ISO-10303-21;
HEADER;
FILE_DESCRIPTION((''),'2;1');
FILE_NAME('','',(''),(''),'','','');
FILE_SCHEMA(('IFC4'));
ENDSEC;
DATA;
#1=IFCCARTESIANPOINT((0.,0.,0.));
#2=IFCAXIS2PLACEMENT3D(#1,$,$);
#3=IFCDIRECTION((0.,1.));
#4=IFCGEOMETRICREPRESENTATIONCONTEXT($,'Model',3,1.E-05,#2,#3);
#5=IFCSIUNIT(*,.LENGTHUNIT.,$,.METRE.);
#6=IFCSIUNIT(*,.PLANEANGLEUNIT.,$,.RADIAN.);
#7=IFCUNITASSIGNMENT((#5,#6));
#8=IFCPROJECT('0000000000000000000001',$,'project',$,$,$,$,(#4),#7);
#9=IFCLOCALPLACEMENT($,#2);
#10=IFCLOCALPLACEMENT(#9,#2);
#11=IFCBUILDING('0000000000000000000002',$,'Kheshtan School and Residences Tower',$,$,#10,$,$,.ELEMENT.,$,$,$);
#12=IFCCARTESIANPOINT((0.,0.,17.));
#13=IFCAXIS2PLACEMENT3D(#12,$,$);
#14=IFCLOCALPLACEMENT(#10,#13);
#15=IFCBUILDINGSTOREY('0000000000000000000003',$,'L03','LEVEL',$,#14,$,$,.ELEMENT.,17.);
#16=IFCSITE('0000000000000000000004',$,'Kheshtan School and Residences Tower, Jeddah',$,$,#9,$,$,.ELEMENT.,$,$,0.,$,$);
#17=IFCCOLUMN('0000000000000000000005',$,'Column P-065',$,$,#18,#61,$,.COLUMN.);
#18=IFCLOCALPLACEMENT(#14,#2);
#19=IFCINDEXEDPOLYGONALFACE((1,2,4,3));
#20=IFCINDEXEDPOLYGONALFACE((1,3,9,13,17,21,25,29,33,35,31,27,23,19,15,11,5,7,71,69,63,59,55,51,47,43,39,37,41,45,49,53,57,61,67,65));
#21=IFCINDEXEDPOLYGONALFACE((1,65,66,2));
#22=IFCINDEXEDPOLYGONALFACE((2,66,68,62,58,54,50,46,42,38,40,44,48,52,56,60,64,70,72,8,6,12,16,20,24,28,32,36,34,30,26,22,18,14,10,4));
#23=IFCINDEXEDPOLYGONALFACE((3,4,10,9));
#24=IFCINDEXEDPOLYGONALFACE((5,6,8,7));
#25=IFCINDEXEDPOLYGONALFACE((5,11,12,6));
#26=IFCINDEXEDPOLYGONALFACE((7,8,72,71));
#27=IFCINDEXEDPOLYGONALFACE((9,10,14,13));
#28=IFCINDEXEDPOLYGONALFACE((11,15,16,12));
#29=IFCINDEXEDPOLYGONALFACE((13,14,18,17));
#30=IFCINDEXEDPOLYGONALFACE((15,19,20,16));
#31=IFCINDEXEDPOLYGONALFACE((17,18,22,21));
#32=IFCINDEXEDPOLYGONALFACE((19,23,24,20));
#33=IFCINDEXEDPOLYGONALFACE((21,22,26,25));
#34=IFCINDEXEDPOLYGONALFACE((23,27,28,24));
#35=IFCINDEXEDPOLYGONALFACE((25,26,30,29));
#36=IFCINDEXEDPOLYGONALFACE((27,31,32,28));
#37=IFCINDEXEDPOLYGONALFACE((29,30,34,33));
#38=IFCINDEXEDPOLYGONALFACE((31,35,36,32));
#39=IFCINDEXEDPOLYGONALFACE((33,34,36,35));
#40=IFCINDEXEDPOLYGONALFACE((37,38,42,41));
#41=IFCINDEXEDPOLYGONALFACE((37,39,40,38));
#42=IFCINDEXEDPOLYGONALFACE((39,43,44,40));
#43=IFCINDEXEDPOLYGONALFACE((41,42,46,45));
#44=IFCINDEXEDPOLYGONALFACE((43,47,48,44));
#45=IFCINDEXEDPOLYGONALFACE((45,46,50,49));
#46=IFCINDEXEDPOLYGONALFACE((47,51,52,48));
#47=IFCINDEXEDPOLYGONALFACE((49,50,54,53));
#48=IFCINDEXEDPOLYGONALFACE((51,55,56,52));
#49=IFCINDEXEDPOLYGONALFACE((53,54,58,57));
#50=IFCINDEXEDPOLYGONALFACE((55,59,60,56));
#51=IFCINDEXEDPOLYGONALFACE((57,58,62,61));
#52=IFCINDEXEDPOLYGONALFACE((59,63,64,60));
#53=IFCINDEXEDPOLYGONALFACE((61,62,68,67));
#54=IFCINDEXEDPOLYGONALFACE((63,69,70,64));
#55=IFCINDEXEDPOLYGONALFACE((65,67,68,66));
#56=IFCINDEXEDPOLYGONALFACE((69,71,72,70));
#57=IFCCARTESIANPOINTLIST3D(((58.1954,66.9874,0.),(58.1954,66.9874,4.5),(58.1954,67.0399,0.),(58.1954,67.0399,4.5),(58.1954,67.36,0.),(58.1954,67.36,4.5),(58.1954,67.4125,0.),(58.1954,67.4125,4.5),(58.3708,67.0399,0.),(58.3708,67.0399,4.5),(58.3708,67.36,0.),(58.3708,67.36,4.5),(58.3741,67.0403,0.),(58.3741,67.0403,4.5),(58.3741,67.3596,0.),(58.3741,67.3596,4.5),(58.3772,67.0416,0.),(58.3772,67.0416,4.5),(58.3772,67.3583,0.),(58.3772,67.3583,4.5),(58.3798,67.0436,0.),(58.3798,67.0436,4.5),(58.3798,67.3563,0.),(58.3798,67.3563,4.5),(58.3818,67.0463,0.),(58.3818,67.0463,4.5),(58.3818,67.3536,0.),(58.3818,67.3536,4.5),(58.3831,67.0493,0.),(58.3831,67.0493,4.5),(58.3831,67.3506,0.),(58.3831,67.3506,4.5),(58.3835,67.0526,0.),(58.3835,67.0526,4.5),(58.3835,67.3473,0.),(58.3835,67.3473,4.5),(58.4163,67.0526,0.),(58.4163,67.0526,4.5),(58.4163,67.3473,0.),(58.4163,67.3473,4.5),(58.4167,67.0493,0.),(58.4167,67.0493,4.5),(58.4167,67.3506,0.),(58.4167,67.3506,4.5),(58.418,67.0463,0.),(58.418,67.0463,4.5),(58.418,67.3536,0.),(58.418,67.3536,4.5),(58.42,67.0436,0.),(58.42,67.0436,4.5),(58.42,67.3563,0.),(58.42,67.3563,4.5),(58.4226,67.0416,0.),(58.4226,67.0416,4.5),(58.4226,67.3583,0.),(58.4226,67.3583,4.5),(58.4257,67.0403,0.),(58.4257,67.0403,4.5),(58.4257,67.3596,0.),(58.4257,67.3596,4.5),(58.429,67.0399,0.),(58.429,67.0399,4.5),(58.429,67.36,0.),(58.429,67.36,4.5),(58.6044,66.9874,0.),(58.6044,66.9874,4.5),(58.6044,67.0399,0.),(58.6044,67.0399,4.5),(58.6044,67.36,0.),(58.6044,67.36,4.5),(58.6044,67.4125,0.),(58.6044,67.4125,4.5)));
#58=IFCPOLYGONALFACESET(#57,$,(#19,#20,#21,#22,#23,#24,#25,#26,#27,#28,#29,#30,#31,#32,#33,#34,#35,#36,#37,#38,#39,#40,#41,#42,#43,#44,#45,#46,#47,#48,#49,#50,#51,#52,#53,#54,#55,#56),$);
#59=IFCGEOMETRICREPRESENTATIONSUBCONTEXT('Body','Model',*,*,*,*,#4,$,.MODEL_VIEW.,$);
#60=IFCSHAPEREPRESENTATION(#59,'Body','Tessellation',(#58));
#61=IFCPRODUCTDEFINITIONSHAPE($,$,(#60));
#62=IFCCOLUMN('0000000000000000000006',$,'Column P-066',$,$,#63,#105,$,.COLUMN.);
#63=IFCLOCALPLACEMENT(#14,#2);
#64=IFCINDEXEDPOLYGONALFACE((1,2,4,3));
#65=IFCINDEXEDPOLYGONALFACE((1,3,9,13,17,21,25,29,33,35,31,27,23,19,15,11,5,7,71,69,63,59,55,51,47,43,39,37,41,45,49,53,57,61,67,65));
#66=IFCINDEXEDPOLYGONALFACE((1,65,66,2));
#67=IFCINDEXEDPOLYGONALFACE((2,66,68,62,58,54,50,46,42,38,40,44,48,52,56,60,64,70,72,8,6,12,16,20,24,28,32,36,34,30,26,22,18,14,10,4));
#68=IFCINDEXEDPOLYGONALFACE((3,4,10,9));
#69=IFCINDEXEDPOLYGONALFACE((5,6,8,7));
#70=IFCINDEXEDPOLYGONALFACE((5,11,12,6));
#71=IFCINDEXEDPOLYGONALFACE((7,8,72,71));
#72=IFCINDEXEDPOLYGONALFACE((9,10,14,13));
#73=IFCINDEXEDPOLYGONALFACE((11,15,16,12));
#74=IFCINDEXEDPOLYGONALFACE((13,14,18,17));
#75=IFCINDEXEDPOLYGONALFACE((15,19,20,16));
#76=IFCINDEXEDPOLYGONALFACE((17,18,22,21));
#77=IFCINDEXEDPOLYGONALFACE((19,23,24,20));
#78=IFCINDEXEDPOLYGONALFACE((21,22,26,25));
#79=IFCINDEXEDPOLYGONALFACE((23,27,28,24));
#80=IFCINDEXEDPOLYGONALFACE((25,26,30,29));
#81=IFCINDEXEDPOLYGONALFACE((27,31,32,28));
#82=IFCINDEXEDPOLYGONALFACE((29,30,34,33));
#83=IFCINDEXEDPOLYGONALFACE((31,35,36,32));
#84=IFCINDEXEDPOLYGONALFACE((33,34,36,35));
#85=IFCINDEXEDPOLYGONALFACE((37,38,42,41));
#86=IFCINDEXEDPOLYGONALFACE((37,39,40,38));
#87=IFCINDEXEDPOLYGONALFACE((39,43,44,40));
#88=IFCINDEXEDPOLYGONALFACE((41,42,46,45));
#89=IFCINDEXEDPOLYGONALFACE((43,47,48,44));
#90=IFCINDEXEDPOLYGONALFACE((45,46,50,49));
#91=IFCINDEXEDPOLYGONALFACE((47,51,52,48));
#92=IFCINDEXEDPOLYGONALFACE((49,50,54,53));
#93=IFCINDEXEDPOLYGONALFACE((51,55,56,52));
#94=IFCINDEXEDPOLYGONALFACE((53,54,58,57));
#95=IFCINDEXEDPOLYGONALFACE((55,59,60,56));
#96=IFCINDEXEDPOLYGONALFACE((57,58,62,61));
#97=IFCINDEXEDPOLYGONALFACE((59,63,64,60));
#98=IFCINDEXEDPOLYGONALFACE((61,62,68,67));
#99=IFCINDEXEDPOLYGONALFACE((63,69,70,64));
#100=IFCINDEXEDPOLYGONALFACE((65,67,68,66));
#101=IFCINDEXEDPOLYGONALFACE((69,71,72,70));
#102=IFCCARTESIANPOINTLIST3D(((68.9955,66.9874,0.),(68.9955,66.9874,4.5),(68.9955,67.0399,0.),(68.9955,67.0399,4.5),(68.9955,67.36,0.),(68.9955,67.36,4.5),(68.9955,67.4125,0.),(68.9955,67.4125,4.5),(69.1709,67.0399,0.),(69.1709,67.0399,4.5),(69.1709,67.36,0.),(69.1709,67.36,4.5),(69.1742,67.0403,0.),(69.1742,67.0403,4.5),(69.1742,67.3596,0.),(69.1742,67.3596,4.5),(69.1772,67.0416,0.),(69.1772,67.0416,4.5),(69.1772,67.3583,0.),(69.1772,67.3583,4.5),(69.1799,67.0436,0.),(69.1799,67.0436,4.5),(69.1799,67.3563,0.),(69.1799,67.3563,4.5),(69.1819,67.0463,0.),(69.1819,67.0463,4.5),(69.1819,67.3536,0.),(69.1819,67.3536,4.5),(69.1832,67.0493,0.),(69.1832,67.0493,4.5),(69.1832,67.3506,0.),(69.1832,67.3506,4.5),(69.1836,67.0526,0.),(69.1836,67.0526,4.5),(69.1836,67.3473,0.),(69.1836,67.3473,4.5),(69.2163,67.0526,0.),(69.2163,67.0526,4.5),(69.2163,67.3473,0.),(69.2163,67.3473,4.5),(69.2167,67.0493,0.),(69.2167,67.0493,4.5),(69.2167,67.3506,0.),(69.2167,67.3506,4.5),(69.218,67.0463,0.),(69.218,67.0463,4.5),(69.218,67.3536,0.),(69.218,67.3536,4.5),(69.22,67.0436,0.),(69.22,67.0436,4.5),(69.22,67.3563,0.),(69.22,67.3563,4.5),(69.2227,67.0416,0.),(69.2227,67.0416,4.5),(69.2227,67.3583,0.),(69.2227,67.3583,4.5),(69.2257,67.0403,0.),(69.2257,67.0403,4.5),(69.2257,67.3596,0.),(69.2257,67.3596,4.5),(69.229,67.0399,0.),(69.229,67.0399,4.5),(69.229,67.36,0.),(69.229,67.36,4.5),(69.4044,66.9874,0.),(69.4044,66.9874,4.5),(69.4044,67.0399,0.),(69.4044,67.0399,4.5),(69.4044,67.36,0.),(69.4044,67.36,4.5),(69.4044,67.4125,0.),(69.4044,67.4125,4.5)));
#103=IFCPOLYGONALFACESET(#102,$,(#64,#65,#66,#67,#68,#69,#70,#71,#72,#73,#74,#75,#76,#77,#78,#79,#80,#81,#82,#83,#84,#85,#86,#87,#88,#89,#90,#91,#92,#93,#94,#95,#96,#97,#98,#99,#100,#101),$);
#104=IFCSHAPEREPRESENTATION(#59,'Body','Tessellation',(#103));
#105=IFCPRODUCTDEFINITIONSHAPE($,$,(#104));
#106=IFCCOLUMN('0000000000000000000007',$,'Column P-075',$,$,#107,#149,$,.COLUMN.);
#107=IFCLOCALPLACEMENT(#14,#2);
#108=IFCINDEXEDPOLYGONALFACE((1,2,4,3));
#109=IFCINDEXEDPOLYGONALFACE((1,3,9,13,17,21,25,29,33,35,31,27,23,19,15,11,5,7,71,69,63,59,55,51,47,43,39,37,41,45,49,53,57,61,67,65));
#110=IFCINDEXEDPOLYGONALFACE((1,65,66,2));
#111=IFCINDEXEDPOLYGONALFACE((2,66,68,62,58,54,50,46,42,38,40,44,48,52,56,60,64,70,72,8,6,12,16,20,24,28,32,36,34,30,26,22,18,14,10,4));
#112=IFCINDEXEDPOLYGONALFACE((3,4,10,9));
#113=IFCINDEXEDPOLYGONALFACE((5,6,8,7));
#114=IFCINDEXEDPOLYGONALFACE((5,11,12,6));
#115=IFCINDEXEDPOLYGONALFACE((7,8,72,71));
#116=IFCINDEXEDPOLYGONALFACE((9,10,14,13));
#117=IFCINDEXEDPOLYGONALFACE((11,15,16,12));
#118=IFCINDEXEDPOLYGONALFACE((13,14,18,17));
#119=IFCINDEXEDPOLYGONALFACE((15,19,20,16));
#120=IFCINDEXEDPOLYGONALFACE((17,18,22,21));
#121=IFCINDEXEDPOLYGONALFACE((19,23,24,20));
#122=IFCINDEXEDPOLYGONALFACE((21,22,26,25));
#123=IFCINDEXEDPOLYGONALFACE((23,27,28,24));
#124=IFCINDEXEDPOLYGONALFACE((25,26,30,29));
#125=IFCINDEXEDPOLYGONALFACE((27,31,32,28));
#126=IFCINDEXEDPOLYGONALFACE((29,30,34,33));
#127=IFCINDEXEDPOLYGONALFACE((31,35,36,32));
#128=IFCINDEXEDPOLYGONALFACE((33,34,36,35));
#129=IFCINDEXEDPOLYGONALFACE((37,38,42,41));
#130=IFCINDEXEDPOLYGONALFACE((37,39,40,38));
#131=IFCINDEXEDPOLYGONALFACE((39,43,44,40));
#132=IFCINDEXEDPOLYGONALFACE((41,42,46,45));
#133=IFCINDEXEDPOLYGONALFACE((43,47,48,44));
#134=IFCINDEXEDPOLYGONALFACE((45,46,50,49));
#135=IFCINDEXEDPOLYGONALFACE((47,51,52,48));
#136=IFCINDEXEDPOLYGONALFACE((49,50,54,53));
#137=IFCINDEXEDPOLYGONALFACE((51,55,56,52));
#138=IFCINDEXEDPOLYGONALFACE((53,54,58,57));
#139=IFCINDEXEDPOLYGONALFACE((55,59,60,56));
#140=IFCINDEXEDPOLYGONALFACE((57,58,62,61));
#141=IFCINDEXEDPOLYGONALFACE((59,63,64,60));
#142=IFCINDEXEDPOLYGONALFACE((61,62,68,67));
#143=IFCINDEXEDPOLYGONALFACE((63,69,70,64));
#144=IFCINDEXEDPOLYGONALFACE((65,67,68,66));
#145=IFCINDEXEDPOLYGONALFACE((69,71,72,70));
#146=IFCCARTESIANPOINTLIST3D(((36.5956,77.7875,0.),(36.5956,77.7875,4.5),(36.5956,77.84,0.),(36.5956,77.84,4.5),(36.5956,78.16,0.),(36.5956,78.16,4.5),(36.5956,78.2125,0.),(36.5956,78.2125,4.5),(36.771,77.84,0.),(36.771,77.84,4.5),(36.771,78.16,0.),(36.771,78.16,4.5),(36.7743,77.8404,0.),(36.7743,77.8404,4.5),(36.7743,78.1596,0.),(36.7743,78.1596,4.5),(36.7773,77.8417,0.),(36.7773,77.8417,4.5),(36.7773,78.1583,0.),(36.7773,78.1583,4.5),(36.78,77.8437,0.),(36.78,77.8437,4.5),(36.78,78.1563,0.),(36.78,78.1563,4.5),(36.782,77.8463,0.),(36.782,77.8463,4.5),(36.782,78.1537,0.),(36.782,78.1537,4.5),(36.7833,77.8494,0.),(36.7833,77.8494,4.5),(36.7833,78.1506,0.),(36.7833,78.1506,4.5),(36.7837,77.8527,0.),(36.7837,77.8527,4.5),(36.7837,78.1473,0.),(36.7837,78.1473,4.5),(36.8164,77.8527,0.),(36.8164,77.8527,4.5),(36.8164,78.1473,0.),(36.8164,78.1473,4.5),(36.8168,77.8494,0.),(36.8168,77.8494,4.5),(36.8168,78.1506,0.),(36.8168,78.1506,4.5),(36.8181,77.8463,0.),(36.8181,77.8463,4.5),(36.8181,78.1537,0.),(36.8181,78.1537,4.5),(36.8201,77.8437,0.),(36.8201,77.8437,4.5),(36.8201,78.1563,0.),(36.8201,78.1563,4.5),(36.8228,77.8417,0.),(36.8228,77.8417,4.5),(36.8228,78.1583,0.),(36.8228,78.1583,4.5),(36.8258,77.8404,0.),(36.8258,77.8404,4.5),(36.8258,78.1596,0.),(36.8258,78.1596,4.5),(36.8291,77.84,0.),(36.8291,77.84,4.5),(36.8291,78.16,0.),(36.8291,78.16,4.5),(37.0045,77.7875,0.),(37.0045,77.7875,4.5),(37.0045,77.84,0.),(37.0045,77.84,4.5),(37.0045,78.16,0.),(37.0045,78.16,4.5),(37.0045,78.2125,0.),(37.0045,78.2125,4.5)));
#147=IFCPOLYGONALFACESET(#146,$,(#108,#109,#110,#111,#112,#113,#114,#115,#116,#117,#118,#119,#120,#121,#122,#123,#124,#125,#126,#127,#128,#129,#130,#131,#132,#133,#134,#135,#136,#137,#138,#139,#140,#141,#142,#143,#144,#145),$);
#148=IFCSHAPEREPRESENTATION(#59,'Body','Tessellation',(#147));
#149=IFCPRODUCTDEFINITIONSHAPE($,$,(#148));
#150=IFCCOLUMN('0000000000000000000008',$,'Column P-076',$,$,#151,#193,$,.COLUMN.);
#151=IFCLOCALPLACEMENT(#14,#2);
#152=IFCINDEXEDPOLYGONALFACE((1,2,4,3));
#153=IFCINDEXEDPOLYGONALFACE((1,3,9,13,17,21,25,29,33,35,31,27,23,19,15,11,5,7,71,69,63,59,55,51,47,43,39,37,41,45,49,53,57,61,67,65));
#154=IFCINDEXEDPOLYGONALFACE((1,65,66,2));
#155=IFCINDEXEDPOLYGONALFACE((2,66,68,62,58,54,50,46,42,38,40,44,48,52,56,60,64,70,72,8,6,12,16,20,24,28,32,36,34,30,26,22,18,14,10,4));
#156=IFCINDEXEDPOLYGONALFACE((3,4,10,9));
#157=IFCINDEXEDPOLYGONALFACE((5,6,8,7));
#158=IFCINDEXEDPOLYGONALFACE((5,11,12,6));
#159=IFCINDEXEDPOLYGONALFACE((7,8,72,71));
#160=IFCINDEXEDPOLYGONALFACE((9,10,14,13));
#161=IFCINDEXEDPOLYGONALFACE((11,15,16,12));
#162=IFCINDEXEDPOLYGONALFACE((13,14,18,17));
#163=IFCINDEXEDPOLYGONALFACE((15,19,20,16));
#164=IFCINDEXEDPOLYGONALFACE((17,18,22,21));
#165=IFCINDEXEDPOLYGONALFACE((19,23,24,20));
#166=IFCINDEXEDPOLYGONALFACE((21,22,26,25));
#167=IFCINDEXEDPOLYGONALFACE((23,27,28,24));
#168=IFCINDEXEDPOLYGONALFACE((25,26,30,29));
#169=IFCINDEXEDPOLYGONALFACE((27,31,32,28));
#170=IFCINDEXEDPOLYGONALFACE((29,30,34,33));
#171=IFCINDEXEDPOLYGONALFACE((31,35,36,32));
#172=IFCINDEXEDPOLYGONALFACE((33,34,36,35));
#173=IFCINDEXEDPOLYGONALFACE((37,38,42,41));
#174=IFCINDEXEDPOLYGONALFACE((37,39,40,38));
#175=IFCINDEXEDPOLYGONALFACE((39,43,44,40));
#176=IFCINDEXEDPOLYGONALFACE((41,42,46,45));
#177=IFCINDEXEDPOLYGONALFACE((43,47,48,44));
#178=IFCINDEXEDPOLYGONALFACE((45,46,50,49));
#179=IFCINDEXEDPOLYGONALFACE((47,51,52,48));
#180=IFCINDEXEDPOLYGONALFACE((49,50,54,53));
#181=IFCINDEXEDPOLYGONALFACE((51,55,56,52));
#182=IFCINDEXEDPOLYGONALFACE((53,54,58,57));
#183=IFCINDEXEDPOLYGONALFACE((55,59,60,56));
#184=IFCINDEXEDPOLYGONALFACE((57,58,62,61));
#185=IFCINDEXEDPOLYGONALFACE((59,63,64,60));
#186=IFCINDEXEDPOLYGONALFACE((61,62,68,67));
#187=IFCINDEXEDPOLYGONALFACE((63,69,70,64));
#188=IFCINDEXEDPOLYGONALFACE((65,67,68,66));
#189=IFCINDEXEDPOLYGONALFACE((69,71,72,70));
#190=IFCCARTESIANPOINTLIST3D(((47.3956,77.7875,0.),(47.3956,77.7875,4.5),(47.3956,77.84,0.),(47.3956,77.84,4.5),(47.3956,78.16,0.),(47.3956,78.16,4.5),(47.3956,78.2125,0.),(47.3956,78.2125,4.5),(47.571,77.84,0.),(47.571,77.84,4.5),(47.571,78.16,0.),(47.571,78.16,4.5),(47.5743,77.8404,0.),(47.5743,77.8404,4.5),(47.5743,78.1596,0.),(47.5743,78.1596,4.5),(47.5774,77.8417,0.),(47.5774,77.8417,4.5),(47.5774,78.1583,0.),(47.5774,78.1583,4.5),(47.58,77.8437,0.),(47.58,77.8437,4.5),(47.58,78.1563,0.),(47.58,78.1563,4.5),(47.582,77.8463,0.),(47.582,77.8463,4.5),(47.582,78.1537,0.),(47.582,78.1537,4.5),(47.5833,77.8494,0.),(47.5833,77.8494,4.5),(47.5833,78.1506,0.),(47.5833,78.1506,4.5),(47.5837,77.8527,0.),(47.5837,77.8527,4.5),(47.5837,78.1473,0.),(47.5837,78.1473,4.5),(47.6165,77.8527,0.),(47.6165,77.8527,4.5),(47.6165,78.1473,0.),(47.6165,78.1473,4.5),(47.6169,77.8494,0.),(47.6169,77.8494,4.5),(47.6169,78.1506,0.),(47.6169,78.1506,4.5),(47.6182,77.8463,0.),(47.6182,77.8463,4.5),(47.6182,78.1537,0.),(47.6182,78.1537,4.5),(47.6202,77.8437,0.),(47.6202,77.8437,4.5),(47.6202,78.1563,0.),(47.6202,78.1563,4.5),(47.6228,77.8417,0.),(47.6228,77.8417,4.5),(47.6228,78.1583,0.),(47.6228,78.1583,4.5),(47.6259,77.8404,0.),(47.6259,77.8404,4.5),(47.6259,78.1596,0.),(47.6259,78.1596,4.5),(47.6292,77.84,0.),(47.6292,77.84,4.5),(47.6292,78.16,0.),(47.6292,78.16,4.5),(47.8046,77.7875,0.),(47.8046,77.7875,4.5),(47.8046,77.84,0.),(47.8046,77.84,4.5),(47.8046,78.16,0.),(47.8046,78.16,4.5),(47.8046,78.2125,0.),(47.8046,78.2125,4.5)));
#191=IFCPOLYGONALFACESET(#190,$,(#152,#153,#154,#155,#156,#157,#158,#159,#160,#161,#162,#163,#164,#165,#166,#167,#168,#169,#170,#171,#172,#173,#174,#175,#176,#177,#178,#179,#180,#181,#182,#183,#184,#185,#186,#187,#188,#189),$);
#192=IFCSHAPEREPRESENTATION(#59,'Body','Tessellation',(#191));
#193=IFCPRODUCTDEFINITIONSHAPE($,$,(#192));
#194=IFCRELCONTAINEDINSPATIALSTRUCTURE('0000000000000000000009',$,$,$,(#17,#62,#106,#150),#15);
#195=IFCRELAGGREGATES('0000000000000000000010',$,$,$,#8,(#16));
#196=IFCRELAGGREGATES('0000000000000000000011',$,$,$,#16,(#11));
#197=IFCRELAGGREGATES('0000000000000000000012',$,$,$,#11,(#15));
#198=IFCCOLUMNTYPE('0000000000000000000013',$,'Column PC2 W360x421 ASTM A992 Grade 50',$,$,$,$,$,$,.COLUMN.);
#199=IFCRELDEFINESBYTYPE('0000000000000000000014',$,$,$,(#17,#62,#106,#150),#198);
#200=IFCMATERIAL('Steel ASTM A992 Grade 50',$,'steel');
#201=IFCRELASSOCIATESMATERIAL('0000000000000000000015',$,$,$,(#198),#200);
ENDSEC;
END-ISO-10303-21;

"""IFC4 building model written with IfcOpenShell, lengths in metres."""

from ifc_helpers import new_model, si_unit, direction, frame, origin, origin_2d, place, context, subcontext, project, spatial, i_section, extrude, material, material_profile, profile_set, type_object, element, save


model = new_model("IFC4")

# Units and contexts
model_context = context("Model", 3, precision=1e-05, world=origin(), true_north=direction((0.0, 1.0)))
body_context = subcontext(model_context, "Body", "Model", "MODEL_VIEW")
ifc_project = project(units=[si_unit("LENGTHUNIT", "METRE"), si_unit("PLANEANGLEUNIT", "RADIAN")], contexts=[model_context])

# Site, building, storey
site_placement = place(None, origin())
site = spatial("IfcSite", under=ifc_project, at=site_placement, Name="Kheshtan School and Residences Tower, Jeddah", CompositionType="ELEMENT", RefElevation=0.0)
building_placement = place(site_placement, origin())
building = spatial("IfcBuilding", under=site, at=building_placement, Name="Kheshtan School and Residences Tower", CompositionType="ELEMENT")
storey_placement = place(building_placement, frame((0.0, 0.0, 17.0)))
storey = spatial("IfcBuildingStorey", under=building, at=storey_placement, Name="L03", Description="LEVEL", CompositionType="ELEMENT", Elevation=17.0)

# Columns
ifc_material_1 = material(Name="Steel ASTM A992 Grade 50", Category="steel")
ifc_material_profile_1 = material_profile(ifc_material_1, i_section(OverallWidth=0.4089, OverallDepth=0.425, WebThickness=0.0327, FlangeThickness=0.0525, FilletRadius=0.0127, at=origin_2d()), Name="W360x421")
ifc_profile_set_1 = profile_set([ifc_material_profile_1], Name="Steel ASTM A992 Grade 50")
column_type = type_object("IfcColumnType", Name="Column PC2 W360x421 ASTM A992 Grade 50", PredefinedType="COLUMN", material=ifc_profile_set_1)
for number, where, z_axis, x_axis, name in (
    (1, (58.3999, 67.2, 0.0), (0.0, 0.0, 1.0), (1.0, 0.0, 0.0), "Column P-065"),
    (2, (69.2, 67.2, 0.0), (0.0, 0.0, 1.0), (1.0, 0.0, 0.0), "Column P-066"),
    (3, (36.8, 78.0, 0.0), (0.0, 0.0, 1.0), (1.0, 0.0, 0.0), "Column P-075"),
    (4, (47.6001, 78.0, 0.0), (0.0, 0.0, 1.0), (1.0, 0.0, 0.0), "Column P-076"),
):
    element("IfcColumn", number, at=place(storey_placement, frame(where, z_axis=z_axis, x_axis=x_axis)), inside=storey, type_object=column_type, Name=name, PredefinedType="COLUMN", context=body_context, shape_type="SweptSolid", body=[
        extrude(i_section(OverallWidth=0.4089, OverallDepth=0.425, WebThickness=0.0327, FlangeThickness=0.0525, FilletRadius=0.0127, at=origin_2d()), origin(), (0.0, 0.0, 1.0), 4.5),
    ])

save(model, "model.ifc")
